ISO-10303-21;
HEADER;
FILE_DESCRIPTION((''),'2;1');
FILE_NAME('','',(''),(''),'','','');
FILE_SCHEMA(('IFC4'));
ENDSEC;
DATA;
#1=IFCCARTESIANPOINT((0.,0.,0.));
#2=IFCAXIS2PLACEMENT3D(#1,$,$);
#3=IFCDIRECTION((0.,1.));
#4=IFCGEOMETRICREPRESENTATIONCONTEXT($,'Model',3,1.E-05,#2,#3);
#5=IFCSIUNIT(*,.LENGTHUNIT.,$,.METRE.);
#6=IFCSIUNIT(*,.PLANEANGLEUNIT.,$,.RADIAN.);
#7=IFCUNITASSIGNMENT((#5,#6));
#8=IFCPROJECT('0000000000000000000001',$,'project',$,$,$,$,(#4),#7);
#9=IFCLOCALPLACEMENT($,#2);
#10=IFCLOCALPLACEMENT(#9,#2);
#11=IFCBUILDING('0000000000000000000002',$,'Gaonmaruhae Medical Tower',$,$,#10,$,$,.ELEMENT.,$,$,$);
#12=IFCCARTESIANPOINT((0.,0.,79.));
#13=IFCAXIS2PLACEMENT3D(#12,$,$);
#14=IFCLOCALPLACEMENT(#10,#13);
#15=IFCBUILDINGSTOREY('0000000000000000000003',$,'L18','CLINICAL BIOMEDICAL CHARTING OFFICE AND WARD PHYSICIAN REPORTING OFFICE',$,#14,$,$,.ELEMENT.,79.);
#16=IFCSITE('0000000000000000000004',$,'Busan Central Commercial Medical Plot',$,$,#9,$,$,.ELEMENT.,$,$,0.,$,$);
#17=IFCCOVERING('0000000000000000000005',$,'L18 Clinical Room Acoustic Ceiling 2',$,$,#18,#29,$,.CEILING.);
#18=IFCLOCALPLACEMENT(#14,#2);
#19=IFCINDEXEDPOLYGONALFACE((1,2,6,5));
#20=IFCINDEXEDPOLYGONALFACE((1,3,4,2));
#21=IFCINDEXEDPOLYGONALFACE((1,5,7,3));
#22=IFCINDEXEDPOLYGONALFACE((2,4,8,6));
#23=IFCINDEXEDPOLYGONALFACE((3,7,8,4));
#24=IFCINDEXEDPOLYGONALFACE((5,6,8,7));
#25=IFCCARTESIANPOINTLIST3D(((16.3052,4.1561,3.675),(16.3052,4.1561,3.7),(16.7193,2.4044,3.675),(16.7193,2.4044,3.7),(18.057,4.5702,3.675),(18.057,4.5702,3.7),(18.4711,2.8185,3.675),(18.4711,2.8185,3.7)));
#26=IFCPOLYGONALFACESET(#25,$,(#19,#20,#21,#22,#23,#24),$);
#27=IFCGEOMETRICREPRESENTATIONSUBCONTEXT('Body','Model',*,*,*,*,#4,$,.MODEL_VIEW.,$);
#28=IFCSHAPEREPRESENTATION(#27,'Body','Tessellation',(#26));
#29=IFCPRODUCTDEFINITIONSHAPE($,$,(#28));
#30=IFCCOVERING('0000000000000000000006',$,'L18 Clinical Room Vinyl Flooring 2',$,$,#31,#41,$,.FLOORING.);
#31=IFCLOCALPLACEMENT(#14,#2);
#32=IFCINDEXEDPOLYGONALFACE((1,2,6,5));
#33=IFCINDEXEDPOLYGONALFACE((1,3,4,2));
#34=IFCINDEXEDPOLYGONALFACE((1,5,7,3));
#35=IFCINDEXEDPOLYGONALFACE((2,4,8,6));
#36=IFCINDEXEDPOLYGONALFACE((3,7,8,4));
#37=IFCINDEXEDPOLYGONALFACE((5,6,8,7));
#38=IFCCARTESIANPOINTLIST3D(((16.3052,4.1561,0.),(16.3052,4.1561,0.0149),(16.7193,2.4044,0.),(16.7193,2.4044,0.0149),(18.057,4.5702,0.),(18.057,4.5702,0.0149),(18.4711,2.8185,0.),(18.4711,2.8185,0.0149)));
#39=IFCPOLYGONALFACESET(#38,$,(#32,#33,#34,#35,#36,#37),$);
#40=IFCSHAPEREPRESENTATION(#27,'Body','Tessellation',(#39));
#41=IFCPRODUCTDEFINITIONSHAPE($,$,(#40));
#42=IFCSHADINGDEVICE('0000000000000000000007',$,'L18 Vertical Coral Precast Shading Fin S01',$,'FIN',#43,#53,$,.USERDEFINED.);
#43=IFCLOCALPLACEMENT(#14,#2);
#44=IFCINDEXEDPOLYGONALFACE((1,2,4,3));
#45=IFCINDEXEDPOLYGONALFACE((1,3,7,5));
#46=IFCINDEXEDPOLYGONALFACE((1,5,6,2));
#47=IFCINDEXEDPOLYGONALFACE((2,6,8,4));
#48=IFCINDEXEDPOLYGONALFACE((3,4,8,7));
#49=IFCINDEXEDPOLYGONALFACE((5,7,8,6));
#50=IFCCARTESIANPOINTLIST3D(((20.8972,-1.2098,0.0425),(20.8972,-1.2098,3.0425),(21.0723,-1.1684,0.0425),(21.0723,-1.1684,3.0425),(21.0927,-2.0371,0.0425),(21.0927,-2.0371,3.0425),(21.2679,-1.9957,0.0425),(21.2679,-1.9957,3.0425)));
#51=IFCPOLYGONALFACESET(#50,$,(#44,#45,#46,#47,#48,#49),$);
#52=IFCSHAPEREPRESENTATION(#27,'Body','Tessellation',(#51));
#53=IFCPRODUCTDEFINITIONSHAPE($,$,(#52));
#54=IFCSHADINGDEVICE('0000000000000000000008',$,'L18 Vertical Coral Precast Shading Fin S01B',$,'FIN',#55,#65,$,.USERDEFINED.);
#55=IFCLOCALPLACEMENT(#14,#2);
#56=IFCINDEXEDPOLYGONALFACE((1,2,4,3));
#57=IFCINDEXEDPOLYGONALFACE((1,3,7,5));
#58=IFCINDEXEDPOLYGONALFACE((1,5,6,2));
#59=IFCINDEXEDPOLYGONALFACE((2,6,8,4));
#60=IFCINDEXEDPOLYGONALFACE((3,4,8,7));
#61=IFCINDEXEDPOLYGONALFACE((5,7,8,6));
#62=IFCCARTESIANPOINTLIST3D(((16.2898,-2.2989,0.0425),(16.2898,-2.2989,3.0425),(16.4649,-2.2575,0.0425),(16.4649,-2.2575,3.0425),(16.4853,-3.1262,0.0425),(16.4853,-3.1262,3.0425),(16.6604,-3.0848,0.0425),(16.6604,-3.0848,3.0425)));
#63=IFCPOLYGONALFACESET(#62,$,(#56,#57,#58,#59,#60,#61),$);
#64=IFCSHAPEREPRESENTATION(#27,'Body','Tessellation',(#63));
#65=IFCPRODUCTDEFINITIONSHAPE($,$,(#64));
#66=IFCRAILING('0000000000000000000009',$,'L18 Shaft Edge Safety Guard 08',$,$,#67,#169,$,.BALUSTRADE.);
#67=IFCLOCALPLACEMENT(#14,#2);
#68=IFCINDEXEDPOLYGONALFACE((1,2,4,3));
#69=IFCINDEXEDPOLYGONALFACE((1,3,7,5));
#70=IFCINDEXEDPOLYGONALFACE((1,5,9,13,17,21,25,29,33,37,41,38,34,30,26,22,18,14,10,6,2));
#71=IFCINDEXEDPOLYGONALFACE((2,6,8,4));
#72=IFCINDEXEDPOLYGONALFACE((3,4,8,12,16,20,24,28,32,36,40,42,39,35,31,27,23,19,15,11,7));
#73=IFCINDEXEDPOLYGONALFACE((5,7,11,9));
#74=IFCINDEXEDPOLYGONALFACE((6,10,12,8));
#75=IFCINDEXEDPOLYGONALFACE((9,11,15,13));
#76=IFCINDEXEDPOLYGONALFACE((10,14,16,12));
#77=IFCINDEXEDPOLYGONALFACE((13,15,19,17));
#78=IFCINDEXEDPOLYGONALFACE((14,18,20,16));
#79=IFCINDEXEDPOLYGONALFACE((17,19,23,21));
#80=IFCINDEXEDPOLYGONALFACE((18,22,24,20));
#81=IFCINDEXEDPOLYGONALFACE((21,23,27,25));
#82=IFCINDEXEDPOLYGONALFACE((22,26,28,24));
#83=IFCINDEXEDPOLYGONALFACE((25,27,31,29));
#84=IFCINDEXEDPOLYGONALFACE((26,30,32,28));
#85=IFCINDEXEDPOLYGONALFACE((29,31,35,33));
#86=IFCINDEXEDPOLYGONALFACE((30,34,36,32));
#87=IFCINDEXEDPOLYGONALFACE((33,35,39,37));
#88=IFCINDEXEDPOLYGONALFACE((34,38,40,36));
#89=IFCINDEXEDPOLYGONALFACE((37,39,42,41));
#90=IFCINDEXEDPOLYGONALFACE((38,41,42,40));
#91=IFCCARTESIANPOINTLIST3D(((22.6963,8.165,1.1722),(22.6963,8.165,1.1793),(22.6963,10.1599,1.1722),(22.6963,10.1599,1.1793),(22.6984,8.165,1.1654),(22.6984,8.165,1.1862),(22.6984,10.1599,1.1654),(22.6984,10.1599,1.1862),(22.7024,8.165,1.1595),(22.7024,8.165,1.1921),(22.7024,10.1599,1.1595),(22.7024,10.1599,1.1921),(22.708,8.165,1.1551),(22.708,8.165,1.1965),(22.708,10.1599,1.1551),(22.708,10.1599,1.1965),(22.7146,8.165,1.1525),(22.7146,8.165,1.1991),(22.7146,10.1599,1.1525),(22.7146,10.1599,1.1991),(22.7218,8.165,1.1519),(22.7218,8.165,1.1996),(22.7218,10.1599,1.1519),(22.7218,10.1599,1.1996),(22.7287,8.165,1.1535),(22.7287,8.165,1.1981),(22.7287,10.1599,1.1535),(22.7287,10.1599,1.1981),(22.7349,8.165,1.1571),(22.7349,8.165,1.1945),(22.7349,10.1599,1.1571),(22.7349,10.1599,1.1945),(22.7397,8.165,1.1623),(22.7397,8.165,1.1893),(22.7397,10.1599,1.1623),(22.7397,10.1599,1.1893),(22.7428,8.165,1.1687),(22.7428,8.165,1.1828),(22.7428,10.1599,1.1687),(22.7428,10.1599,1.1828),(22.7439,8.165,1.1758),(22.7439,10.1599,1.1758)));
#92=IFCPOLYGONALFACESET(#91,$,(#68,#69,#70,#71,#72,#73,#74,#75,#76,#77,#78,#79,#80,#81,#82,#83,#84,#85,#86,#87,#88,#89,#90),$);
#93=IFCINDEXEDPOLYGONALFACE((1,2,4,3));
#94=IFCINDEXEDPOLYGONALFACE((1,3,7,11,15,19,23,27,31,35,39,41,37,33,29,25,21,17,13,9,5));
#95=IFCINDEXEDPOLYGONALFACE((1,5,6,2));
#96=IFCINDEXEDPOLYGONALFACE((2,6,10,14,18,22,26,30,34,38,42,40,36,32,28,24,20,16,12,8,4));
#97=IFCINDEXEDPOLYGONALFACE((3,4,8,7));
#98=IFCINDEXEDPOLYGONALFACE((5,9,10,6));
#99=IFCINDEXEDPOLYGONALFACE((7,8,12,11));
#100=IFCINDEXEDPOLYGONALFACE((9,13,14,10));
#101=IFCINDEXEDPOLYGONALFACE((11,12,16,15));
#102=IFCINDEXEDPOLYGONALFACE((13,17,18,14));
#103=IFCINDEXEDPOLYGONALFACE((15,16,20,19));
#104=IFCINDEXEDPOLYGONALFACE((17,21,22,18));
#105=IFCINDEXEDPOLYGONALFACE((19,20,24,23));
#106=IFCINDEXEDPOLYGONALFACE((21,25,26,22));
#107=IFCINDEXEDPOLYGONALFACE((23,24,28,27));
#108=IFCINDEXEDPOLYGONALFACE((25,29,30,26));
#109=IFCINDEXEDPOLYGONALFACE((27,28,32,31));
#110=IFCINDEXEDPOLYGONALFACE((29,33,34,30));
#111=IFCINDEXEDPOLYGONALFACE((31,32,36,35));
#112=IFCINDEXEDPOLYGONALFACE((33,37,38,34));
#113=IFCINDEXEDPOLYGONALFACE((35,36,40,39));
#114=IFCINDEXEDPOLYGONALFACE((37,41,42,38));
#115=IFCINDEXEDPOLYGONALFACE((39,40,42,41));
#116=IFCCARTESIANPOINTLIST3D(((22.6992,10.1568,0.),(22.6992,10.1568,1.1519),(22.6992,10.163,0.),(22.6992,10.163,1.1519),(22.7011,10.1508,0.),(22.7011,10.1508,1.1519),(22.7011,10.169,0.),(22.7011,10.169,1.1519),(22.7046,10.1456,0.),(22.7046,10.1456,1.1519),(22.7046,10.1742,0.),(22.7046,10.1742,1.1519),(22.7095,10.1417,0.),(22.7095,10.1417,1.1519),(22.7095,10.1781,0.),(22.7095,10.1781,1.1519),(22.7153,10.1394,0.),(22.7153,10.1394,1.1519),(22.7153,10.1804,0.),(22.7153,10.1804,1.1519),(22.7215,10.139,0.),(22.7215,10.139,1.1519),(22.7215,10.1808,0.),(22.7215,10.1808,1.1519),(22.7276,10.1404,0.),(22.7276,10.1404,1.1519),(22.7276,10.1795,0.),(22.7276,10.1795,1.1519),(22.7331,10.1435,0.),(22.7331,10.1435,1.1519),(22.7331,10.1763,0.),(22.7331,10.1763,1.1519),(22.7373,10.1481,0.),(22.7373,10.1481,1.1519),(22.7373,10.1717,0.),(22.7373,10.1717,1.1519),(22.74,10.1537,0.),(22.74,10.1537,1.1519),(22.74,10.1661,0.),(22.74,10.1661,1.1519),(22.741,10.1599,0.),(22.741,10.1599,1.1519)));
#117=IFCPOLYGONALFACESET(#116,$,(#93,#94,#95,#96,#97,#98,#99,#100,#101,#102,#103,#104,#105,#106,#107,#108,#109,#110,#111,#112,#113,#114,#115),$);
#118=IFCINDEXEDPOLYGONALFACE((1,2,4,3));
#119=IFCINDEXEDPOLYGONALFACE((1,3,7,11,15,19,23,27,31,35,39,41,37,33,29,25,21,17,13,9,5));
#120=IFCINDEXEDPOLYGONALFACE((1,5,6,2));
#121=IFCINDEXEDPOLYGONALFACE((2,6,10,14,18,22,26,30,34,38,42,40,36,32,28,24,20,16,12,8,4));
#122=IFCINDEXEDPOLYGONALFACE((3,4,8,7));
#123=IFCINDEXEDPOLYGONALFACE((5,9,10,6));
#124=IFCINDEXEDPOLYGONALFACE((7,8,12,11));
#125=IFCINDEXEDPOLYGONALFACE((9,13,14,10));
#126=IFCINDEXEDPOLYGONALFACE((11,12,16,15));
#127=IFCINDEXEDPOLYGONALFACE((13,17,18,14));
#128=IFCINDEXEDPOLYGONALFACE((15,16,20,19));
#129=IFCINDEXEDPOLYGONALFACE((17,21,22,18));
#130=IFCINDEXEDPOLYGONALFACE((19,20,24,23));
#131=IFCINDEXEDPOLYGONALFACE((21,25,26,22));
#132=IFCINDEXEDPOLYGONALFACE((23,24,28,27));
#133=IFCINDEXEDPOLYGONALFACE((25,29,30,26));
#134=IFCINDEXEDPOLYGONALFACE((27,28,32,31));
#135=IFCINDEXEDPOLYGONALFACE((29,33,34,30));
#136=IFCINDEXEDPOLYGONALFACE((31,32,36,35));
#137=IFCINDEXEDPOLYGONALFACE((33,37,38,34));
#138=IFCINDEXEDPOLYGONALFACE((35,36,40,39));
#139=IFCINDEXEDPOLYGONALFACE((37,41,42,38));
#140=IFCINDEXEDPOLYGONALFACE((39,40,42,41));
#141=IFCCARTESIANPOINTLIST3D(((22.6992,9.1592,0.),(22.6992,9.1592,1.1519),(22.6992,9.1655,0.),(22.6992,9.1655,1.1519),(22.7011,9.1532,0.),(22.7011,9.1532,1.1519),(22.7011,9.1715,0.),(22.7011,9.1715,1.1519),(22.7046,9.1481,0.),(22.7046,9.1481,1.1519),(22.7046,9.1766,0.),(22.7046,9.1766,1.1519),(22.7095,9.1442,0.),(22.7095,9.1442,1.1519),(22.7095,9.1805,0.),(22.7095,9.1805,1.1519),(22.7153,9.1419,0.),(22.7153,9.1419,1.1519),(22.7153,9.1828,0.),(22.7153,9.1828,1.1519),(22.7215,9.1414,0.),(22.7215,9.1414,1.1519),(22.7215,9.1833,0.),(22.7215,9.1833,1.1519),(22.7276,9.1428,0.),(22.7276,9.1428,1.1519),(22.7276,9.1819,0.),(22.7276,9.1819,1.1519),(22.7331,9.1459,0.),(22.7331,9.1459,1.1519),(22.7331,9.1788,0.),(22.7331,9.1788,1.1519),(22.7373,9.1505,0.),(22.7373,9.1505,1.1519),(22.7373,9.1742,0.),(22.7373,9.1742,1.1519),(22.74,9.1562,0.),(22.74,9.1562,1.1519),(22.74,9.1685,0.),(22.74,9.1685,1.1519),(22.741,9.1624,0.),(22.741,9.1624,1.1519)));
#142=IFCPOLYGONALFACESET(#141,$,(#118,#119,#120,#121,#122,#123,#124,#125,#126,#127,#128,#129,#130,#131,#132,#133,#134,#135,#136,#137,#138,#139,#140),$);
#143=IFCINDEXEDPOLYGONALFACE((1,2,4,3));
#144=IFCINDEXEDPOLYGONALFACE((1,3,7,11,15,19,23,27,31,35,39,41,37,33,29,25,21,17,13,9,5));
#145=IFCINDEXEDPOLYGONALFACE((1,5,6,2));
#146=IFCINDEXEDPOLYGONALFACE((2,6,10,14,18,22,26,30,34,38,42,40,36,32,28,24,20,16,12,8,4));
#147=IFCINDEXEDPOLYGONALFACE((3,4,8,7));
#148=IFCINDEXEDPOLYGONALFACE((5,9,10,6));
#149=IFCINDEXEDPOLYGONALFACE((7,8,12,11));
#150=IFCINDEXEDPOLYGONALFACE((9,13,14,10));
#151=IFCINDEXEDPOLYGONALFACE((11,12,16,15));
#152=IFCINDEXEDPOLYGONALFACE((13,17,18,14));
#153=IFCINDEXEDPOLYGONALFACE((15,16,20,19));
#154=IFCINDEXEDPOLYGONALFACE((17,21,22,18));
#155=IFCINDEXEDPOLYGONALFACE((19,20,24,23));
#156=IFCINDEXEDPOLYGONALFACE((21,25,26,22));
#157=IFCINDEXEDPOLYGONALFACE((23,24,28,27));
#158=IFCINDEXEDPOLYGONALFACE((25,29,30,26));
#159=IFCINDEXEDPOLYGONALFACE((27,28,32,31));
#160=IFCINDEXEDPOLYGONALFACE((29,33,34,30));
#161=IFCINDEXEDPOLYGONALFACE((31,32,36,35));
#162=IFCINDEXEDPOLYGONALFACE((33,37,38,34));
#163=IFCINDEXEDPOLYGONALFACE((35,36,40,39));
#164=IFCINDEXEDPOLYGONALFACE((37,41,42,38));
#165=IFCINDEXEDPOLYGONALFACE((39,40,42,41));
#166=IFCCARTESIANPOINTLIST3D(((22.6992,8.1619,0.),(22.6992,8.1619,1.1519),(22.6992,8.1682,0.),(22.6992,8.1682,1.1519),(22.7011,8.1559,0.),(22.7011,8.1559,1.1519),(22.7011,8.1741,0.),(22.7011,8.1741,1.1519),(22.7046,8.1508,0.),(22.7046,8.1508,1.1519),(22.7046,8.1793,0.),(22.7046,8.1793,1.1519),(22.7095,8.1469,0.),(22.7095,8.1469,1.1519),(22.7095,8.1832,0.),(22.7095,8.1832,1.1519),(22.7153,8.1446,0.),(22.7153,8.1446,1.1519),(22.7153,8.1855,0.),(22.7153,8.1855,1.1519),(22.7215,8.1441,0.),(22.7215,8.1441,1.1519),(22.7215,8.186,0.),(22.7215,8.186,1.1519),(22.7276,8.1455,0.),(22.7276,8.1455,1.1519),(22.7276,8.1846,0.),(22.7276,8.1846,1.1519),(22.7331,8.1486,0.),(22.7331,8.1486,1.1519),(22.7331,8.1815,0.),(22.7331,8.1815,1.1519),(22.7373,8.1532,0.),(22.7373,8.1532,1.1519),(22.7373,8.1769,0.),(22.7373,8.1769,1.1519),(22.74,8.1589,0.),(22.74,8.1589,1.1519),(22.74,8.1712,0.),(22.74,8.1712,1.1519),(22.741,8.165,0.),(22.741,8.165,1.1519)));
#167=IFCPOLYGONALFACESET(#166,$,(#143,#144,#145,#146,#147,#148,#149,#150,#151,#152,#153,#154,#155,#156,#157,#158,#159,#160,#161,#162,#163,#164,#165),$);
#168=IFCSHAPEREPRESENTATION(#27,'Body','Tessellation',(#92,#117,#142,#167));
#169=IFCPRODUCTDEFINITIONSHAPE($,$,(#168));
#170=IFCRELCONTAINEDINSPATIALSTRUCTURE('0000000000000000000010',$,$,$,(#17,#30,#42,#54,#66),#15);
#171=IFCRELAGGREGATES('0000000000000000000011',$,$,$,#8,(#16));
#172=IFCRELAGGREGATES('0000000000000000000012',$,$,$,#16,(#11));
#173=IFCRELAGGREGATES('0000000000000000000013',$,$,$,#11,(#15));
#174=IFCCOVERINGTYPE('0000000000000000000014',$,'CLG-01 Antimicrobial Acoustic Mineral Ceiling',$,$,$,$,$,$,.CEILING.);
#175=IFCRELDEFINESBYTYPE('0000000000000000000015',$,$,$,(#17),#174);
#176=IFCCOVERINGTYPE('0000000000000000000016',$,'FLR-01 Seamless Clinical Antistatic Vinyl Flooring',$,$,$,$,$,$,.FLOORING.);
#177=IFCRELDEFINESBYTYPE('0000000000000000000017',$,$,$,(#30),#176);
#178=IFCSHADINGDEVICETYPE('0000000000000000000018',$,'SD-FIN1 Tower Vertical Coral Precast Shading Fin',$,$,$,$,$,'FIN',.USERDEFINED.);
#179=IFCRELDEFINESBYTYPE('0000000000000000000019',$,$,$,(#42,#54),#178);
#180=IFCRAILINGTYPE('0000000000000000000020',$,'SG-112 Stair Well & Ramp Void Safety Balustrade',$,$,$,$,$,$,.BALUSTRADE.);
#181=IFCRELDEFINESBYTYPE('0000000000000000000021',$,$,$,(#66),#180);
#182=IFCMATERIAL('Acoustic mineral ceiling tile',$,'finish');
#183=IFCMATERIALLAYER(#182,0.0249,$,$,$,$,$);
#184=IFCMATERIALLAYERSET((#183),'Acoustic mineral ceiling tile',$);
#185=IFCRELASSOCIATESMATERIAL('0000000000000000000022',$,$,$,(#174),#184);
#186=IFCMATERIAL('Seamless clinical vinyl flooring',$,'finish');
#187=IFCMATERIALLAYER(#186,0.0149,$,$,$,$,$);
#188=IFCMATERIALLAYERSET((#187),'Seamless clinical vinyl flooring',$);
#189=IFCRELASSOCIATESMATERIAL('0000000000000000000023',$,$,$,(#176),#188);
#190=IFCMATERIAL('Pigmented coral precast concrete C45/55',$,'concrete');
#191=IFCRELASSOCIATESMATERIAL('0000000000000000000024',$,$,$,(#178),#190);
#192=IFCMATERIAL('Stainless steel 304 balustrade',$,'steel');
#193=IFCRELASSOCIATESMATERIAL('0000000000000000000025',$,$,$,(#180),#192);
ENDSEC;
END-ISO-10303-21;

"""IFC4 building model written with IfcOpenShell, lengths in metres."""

from ifc_helpers import new_model, si_unit, direction, frame, origin, origin_2d, place, context, subcontext, project, spatial, rectangle, circle, extrude, material, layer, layer_set, type_object, element, save


model = new_model("IFC4")

# Units and contexts
model_context = context("Model", 3, precision=1e-05, world=origin(), true_north=direction((0.0, 1.0)))
body_context = subcontext(model_context, "Body", "Model", "MODEL_VIEW")
ifc_project = project(units=[si_unit("LENGTHUNIT", "METRE"), si_unit("PLANEANGLEUNIT", "RADIAN")], contexts=[model_context])

# Site, building, storey
site_placement = place(None, origin())
site = spatial("IfcSite", under=ifc_project, at=site_placement, Name="Busan Central Commercial Medical Plot", CompositionType="ELEMENT", RefElevation=0.0)
building_placement = place(site_placement, origin())
building = spatial("IfcBuilding", under=site, at=building_placement, Name="Gaonmaruhae Medical Tower", CompositionType="ELEMENT")
storey_placement = place(building_placement, frame((0.0, 0.0, 79.0)))
storey = spatial("IfcBuildingStorey", under=building, at=storey_placement, Name="L18", Description="CLINICAL BIOMEDICAL CHARTING OFFICE AND WARD PHYSICIAN REPORTING OFFICE", CompositionType="ELEMENT", Elevation=79.0)

# Coverings
ifc_material_1 = material(Name="Acoustic mineral ceiling tile", Category="finish")
ifc_layer_1 = layer(ifc_material_1, 0.0249)
ifc_layer_set_1 = layer_set([ifc_layer_1], Name="Acoustic mineral ceiling tile")
covering_type_1 = type_object("IfcCoveringType", Name="CLG-01 Antimicrobial Acoustic Mineral Ceiling", PredefinedType="CEILING", material=ifc_layer_set_1)
covering_1_placement = place(storey_placement, frame((17.3882, 3.4873, 3.675), z_axis=(0.0, 0.0, 1.0), x_axis=(0.973179, 0.23005, 0.0)))
element("IfcCovering", 1, at=covering_1_placement, inside=storey, type_object=covering_type_1, Name="L18 Clinical Room Acoustic Ceiling 2", PredefinedType="CEILING", context=body_context, shape_type="SweptSolid", body=[
    extrude(rectangle(XDim=1.8, YDim=1.8, at=origin_2d()), origin(), (0.0, 0.0, 1.0), 0.0249),
])
ifc_material_2 = material(Name="Seamless clinical vinyl flooring", Category="finish")
ifc_layer_2 = layer(ifc_material_2, 0.0149)
ifc_layer_set_2 = layer_set([ifc_layer_2], Name="Seamless clinical vinyl flooring")
covering_type_2 = type_object("IfcCoveringType", Name="FLR-01 Seamless Clinical Antistatic Vinyl Flooring", PredefinedType="FLOORING", material=ifc_layer_set_2)
covering_2_placement = place(storey_placement, frame((17.3882, 3.4873, 0.0), z_axis=(0.0, 0.0, 1.0), x_axis=(0.973179, 0.23005, 0.0)))
element("IfcCovering", 2, at=covering_2_placement, inside=storey, type_object=covering_type_2, Name="L18 Clinical Room Vinyl Flooring 2", PredefinedType="FLOORING", context=body_context, shape_type="SweptSolid", body=[
    extrude(rectangle(XDim=1.8, YDim=1.8, at=origin_2d()), origin(), (0.0, 0.0, 1.0), 0.0149),
])

# Shading devices
ifc_material_3 = material(Name="Pigmented coral precast concrete C45/55", Category="concrete")
shading_device_type = type_object("IfcShadingDeviceType", Name="SD-FIN1 Tower Vertical Coral Precast Shading Fin", ElementType="FIN", PredefinedType="USERDEFINED", material=ifc_material_3)
for number, where, z_axis, x_axis, name in (
    (3, (21.0825, -1.6028, 0.0425), (0.0, 0.0, 1.0), (-0.973179, -0.23005, 0.0), "L18 Vertical Coral Precast Shading Fin S01"),
    (4, (16.4751, -2.6919, 0.0425), (0.0, 0.0, 1.0), (-0.973179, -0.23005, 0.0), "L18 Vertical Coral Precast Shading Fin S01B"),
):
    element("IfcShadingDevice", number, at=place(storey_placement, frame(where, z_axis=z_axis, x_axis=x_axis)), inside=storey, type_object=shading_device_type, Name=name, ObjectType="FIN", PredefinedType="USERDEFINED", context=body_context, shape_type="SweptSolid", body=[
        extrude(rectangle(XDim=0.1799, YDim=0.8501, at=origin_2d()), origin(), (0.0, 0.0, 1.0), 3.0),
    ])

# Railing
ifc_material_4 = material(Name="Stainless steel 304 balustrade", Category="steel")
railing_type = type_object("IfcRailingType", Name="SG-112 Stair Well & Ramp Void Safety Balustrade", PredefinedType="BALUSTRADE", material=ifc_material_4)
railing_placement = place(storey_placement, frame((22.72, 10.1599, 0.0)))
element("IfcRailing", 5, at=railing_placement, inside=storey, type_object=railing_type, Name="L18 Shaft Edge Safety Guard 08", PredefinedType="BALUSTRADE", context=body_context, shape_type="SweptSolid", body=[
    extrude(circle(Radius=0.0239, at=origin_2d()), frame((0.0, 0.0, 1.1758), z_axis=(0.0, -1.0, 0.0), x_axis=(1.0, 0.0, 0.0)), (0.0, 0.0, 1.0), 1.9949),
    extrude(circle(Radius=0.021, at=origin_2d()), origin(), (0.0, 0.0, 1.0), 1.1519),
    extrude(circle(Radius=0.021, at=origin_2d()), frame((0.0, -0.9976, 0.0)), (0.0, 0.0, 1.0), 1.1519),
    extrude(circle(Radius=0.021, at=origin_2d()), frame((0.0, -1.9949, 0.0)), (0.0, 0.0, 1.0), 1.1519),
])

save(model, "model.ifc")
